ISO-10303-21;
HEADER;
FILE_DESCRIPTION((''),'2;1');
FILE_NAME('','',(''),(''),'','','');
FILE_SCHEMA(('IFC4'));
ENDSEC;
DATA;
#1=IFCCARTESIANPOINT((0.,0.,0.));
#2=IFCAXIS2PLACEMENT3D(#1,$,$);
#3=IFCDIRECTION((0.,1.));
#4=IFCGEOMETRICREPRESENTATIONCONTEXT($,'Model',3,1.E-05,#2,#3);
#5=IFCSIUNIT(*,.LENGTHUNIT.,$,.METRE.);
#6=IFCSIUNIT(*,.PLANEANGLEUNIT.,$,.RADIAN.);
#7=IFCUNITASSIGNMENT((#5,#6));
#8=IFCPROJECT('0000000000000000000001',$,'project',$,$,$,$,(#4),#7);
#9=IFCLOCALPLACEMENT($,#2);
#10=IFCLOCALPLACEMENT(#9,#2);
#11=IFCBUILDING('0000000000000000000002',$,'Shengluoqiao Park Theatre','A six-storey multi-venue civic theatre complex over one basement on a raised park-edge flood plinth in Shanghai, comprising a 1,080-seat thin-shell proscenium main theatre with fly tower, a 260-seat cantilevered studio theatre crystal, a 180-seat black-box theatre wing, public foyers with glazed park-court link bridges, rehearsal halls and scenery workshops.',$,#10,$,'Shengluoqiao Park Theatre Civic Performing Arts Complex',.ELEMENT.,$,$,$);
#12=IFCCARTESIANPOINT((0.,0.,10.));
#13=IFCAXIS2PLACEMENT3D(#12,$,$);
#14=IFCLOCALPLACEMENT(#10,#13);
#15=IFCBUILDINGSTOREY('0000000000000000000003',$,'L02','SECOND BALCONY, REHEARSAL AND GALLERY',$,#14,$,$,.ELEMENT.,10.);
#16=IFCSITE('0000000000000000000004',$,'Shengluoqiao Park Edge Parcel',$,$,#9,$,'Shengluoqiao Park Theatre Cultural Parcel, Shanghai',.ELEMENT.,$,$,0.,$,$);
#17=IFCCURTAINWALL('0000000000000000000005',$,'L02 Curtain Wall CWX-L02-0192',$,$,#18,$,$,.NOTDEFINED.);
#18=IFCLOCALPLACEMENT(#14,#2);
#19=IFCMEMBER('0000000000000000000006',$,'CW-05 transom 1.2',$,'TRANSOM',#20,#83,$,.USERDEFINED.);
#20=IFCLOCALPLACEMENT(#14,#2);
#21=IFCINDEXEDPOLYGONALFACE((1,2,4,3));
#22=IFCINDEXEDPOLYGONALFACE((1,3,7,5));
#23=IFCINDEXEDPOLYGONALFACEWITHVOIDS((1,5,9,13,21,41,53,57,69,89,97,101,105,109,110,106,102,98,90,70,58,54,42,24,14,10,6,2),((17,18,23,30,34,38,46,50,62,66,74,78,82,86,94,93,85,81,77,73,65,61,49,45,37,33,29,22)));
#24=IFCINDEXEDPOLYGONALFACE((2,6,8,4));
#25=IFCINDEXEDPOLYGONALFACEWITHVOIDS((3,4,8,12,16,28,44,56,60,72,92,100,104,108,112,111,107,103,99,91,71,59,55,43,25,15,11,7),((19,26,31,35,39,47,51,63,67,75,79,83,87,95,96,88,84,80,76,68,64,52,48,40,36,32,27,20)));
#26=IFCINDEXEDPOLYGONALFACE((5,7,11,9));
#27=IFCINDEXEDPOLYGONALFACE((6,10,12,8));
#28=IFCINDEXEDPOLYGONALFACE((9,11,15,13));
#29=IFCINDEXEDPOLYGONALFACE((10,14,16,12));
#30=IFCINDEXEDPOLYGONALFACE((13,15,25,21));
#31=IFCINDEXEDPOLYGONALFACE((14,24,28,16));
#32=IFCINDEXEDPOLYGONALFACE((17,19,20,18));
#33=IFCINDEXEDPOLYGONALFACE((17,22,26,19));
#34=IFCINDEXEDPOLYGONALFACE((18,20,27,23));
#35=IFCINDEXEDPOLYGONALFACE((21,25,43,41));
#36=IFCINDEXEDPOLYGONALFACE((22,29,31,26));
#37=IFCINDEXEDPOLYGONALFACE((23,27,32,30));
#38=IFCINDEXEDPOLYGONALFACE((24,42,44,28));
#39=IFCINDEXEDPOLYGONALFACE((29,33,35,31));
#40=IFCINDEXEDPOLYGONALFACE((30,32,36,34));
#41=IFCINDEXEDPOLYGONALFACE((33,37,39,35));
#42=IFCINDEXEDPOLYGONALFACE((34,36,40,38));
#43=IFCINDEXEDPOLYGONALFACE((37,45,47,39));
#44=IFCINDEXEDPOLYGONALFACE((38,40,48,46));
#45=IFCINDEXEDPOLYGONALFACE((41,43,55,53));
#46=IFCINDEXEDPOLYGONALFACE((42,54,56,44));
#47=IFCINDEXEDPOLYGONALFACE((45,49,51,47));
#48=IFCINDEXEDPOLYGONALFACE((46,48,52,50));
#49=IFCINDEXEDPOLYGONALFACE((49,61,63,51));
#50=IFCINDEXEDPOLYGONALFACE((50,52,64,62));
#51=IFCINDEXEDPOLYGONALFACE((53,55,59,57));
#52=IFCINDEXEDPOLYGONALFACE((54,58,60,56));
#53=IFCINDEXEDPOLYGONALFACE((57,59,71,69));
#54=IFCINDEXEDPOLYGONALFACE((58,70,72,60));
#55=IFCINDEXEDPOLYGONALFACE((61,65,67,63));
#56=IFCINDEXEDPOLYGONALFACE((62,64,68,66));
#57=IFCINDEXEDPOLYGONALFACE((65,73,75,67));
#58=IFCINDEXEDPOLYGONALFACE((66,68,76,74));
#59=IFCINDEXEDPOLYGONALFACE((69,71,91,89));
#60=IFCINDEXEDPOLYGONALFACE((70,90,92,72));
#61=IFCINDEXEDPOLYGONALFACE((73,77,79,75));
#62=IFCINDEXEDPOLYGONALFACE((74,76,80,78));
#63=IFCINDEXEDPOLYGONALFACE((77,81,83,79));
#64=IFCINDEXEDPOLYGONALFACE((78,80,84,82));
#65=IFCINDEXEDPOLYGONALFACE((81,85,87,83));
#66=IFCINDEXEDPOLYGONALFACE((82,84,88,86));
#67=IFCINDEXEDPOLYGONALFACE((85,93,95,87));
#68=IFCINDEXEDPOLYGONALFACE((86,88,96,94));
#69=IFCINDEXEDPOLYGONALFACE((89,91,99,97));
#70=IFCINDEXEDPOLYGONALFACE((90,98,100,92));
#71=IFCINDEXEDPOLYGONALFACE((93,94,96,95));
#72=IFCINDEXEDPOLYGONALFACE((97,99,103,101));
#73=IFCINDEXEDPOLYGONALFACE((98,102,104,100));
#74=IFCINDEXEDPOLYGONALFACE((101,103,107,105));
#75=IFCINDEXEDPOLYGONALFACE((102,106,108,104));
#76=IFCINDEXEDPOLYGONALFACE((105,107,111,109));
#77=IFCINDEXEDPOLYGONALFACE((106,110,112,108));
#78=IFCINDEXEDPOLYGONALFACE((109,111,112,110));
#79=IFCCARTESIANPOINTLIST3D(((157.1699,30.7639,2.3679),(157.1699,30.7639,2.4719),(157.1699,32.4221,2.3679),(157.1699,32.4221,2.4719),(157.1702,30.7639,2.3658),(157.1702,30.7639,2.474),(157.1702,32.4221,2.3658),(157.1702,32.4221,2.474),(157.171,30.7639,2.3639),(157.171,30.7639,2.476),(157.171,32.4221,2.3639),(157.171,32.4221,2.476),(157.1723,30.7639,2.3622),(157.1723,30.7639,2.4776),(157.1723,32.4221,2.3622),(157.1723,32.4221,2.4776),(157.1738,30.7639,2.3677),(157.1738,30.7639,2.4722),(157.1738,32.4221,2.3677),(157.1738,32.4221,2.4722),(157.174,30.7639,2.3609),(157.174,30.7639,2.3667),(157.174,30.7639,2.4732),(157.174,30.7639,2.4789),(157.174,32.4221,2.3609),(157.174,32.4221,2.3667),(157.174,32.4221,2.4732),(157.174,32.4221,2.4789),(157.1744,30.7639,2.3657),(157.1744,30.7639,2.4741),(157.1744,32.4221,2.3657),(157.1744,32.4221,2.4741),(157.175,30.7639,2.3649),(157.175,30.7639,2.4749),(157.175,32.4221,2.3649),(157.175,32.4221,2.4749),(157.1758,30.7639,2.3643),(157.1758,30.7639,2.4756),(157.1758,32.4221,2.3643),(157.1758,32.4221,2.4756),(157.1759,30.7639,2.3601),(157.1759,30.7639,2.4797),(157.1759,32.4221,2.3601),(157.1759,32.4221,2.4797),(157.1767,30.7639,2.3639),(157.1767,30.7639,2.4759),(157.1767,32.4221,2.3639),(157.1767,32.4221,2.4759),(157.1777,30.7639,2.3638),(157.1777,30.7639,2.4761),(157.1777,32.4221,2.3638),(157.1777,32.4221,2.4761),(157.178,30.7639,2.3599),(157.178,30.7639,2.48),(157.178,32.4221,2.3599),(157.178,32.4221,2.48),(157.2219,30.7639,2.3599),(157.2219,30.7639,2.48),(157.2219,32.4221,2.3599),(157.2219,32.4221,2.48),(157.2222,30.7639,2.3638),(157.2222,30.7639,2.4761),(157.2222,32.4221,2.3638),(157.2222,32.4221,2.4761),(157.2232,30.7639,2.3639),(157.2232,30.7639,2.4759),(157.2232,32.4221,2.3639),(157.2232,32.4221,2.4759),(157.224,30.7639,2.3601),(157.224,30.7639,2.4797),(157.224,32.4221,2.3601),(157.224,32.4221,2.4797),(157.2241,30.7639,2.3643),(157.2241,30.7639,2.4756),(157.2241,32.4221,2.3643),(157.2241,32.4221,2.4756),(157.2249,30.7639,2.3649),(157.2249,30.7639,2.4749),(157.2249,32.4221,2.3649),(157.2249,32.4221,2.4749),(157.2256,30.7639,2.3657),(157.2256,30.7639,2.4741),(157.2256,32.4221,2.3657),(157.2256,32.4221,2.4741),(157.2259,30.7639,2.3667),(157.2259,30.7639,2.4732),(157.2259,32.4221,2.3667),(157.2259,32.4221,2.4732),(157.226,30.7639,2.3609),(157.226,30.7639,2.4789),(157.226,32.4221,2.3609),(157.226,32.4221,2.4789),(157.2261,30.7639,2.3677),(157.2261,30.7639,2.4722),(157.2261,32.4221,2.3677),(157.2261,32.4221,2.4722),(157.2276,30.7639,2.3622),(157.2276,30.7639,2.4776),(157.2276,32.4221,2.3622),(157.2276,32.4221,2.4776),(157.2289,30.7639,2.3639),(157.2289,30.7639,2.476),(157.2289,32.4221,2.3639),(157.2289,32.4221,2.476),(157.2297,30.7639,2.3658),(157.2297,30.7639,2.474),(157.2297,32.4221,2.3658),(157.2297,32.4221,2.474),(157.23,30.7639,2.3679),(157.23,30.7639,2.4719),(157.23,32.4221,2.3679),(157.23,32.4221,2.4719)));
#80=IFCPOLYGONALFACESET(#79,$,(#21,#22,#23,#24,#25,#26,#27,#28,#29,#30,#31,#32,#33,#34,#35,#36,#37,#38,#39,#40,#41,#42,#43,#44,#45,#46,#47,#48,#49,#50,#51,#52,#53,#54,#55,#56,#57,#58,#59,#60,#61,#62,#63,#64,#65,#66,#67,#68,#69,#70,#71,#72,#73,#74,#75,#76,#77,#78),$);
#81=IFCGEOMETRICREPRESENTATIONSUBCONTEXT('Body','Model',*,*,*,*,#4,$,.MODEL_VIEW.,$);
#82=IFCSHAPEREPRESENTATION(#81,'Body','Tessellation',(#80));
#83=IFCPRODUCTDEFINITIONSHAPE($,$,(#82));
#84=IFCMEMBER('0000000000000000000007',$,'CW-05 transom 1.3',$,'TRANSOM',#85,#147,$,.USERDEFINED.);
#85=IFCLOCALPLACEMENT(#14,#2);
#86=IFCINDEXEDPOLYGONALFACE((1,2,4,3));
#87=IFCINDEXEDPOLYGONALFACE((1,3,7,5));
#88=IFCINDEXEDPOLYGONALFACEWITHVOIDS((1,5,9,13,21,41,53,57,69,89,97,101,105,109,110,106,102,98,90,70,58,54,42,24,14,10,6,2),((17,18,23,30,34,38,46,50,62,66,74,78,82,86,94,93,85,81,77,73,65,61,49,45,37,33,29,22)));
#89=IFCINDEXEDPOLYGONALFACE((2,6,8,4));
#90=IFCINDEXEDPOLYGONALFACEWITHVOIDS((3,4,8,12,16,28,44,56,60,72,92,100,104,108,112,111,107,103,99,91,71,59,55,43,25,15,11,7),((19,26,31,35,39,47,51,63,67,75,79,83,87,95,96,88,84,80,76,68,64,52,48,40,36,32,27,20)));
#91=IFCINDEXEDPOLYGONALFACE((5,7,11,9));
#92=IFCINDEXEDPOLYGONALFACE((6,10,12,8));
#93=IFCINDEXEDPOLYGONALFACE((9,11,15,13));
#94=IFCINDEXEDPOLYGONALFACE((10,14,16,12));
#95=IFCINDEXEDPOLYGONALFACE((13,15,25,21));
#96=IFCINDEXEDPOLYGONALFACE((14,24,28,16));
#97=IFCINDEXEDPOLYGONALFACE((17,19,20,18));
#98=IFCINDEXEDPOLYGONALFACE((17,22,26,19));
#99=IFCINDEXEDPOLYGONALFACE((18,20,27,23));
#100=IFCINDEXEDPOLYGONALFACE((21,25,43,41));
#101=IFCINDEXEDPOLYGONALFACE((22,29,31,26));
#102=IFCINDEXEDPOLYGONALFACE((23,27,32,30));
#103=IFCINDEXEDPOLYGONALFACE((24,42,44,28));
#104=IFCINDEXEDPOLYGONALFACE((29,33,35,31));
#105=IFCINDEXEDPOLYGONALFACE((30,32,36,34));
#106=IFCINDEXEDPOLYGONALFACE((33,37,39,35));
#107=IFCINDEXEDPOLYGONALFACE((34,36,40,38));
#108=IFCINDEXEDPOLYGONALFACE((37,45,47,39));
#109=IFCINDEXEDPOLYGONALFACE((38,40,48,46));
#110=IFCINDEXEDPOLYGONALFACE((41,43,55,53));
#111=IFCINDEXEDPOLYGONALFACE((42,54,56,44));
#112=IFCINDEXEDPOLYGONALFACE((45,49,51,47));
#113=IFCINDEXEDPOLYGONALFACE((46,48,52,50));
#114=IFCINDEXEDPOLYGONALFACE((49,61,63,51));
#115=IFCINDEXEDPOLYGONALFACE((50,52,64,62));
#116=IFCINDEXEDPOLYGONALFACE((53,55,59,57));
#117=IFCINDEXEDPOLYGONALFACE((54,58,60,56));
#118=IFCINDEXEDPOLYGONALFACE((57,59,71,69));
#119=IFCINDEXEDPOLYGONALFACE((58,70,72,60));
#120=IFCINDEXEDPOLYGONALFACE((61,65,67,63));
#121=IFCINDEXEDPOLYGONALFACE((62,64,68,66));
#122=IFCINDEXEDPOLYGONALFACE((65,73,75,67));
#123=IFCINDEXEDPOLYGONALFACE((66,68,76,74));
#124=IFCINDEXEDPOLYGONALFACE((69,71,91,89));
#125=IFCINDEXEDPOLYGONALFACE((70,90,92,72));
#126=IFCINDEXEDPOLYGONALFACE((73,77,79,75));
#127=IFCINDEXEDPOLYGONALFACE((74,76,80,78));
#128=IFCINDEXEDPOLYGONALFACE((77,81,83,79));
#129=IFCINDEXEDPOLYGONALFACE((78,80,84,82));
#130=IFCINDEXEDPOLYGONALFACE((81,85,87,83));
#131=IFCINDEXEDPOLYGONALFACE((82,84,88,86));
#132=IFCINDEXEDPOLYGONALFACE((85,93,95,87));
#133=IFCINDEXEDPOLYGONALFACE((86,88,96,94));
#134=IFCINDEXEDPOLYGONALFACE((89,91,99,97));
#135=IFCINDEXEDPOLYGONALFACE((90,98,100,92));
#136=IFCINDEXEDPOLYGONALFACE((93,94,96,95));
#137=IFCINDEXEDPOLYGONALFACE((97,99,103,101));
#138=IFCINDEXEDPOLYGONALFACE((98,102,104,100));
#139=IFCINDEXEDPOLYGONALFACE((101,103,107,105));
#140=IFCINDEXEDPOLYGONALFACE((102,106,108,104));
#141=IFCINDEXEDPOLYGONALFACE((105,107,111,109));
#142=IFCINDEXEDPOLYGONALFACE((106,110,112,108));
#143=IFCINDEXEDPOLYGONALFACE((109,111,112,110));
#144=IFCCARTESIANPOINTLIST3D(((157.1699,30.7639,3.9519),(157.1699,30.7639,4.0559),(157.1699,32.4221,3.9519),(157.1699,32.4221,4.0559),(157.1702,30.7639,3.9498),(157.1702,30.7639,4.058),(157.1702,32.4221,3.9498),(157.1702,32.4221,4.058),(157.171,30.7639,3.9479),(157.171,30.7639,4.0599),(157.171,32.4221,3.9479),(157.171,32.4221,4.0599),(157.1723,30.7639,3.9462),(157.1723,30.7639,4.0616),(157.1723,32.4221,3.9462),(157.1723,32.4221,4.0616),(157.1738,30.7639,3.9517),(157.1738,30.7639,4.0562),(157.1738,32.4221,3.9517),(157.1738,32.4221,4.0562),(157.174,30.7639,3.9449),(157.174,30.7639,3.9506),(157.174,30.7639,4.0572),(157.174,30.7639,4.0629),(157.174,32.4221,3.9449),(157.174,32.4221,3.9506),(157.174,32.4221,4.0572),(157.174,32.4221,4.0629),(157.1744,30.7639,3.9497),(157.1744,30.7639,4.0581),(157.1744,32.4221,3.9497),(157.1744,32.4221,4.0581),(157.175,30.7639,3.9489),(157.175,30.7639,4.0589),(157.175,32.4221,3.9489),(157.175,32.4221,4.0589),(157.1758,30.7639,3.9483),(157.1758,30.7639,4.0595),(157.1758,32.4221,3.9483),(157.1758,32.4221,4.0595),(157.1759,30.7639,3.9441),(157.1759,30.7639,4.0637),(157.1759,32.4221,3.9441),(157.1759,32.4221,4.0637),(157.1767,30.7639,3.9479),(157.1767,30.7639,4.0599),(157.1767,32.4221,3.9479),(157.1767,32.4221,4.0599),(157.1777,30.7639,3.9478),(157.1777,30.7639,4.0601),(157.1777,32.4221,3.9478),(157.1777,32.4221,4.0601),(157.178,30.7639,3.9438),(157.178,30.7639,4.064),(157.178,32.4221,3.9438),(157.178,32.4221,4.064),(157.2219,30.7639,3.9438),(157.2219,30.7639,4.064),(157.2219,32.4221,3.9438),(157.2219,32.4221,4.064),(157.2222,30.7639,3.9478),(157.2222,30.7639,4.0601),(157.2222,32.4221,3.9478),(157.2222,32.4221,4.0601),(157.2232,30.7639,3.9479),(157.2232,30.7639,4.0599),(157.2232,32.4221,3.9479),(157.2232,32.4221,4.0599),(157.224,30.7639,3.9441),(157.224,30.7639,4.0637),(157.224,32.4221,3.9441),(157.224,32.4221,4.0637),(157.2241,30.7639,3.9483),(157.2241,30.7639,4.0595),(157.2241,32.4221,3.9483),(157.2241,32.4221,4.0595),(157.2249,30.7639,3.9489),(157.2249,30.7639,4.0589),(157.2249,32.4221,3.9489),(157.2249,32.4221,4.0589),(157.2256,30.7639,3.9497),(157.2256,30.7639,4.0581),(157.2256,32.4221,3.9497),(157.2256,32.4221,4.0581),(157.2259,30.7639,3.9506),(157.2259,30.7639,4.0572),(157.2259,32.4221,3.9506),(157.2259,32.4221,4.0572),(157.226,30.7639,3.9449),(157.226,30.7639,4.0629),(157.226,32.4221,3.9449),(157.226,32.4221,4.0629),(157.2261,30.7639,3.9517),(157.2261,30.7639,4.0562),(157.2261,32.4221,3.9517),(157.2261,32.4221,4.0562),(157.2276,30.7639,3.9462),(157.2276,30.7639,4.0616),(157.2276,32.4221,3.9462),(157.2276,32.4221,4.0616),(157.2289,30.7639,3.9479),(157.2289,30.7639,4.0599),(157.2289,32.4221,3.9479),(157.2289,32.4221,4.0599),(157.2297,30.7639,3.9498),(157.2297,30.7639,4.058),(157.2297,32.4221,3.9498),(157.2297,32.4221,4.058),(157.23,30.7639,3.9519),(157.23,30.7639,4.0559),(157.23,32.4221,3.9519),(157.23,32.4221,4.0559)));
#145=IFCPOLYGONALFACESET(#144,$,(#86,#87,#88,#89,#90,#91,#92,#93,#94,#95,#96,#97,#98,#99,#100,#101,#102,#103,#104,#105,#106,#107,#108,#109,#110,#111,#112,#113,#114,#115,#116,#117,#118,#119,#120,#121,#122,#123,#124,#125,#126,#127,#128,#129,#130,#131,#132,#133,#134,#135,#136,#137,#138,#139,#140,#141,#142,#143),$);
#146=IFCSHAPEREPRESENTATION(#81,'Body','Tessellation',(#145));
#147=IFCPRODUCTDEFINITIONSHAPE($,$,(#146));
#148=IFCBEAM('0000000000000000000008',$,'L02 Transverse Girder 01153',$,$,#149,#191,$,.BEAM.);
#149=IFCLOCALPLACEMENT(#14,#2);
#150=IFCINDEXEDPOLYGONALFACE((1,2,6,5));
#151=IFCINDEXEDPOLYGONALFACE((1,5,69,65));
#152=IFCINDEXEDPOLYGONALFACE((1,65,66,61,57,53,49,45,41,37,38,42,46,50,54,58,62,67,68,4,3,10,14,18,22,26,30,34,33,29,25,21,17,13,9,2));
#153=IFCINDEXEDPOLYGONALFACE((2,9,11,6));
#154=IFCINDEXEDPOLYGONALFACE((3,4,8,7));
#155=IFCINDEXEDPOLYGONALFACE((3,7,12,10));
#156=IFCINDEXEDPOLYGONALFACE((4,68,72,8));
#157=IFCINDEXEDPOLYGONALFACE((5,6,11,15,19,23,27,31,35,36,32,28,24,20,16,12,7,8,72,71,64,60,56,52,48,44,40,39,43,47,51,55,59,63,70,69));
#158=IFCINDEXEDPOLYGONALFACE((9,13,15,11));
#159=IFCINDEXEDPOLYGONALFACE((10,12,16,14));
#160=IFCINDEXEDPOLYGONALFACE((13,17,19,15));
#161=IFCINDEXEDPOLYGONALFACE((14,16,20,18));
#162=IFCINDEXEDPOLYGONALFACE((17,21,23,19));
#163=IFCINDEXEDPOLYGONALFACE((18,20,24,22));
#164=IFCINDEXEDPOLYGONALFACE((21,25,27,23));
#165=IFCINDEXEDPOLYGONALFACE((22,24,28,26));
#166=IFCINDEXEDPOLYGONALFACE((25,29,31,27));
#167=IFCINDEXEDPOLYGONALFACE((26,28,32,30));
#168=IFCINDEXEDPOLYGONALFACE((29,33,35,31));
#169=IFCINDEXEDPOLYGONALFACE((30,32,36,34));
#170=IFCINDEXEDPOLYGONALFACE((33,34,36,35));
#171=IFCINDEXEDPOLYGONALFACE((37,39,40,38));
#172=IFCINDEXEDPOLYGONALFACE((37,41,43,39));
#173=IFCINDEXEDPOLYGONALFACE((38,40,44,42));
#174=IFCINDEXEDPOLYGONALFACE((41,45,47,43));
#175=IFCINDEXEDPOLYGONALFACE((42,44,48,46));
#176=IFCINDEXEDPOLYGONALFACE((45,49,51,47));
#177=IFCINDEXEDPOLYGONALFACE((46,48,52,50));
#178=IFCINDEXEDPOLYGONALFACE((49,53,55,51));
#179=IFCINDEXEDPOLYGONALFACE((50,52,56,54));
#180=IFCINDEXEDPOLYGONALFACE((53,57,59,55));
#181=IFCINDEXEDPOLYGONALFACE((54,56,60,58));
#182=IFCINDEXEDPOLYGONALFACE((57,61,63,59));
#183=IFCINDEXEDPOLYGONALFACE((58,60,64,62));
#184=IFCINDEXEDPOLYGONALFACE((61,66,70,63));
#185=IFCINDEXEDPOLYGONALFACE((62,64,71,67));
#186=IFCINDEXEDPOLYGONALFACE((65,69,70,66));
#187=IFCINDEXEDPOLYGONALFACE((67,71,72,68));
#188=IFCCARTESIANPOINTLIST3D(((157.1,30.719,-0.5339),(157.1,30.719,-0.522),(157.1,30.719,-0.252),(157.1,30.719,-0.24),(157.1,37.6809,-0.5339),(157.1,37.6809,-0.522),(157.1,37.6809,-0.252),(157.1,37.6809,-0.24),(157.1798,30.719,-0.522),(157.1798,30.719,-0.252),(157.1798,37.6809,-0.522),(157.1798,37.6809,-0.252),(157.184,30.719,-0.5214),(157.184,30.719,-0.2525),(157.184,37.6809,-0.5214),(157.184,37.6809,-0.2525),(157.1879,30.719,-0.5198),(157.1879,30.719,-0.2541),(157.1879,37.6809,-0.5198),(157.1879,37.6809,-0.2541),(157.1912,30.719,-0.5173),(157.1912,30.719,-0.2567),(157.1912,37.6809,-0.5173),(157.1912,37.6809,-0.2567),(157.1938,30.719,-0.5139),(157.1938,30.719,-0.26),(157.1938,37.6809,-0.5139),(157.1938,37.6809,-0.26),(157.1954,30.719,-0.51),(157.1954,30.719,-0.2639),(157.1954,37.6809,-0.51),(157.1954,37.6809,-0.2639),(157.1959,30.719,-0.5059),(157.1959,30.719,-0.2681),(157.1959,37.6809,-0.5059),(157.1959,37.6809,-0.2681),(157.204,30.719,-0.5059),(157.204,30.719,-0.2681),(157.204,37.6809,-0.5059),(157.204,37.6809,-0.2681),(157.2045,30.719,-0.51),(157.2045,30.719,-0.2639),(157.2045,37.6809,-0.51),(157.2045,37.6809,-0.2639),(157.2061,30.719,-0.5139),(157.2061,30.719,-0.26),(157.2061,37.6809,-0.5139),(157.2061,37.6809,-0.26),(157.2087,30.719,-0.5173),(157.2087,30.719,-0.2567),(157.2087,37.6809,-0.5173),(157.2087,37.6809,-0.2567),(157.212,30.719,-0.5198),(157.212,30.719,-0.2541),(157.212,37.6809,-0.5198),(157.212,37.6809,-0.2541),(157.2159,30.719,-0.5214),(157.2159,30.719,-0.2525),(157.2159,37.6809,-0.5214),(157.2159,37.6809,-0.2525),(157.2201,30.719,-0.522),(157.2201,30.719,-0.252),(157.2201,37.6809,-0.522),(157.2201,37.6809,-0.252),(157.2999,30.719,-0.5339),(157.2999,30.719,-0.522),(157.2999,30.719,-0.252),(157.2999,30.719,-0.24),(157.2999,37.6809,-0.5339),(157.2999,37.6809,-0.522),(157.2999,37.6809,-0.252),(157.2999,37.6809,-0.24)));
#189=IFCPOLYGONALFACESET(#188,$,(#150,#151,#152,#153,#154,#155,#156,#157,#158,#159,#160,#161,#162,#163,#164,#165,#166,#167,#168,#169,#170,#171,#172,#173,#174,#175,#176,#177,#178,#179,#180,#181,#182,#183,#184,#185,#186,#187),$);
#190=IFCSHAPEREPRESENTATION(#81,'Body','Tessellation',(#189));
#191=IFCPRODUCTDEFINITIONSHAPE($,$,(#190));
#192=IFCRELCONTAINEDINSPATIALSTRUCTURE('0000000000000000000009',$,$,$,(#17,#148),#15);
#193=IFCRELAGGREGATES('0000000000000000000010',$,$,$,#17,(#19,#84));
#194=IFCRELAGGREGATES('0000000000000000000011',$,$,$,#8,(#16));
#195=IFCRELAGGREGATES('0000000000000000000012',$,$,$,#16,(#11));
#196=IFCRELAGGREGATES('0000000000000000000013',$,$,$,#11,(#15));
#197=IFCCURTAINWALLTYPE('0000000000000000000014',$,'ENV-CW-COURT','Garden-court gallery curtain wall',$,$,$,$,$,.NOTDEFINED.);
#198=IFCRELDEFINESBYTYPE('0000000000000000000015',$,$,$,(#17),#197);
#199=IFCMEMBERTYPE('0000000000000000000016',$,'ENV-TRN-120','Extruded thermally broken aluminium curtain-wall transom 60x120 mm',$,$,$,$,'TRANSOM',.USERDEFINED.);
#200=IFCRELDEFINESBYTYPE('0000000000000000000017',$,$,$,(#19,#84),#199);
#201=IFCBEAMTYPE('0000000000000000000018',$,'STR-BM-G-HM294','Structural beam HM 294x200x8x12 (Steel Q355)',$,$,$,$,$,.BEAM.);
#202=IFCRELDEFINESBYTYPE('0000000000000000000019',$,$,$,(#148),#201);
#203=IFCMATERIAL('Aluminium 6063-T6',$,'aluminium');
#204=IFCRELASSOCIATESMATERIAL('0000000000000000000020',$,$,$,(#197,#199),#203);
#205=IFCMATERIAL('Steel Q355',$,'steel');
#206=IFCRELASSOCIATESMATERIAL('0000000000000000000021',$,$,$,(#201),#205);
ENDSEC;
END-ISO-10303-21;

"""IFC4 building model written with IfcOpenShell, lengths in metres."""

from ifc_helpers import new_model, si_unit, direction, frame, origin, origin_2d, place, context, subcontext, project, spatial, hollow_rectangle, i_section, extrude, material, material_profile, profile_set, type_object, element, aggregate, save


model = new_model("IFC4")

# Units and contexts
model_context = context("Model", 3, precision=1e-05, world=origin(), true_north=direction((0.0, 1.0)))
body_context = subcontext(model_context, "Body", "Model", "MODEL_VIEW")
ifc_project = project(units=[si_unit("LENGTHUNIT", "METRE"), si_unit("PLANEANGLEUNIT", "RADIAN")], contexts=[model_context])

# Site, building, storey
site_placement = place(None, origin())
site = spatial("IfcSite", under=ifc_project, at=site_placement, Name="Shengluoqiao Park Edge Parcel", LongName="Shengluoqiao Park Theatre Cultural Parcel, Shanghai", CompositionType="ELEMENT", RefElevation=0.0)
building_placement = place(site_placement, origin())
building = spatial("IfcBuilding", under=site, at=building_placement, Name="Shengluoqiao Park Theatre", Description="A six-storey multi-venue civic theatre complex over one basement on a raised park-edge flood plinth in Shanghai, comprising a 1,080-seat thin-shell proscenium main theatre with fly tower, a 260-seat cantilevered studio theatre crystal, a 180-seat black-box theatre wing, public foyers with glazed park-court link bridges, rehearsal halls and scenery workshops.", LongName="Shengluoqiao Park Theatre Civic Performing Arts Complex", CompositionType="ELEMENT")
storey_placement = place(building_placement, frame((0.0, 0.0, 10.0)))
storey = spatial("IfcBuildingStorey", under=building, at=storey_placement, Name="L02", Description="SECOND BALCONY, REHEARSAL AND GALLERY", CompositionType="ELEMENT", Elevation=10.0)

# Curtain wall
ifc_material_1 = material(Name="Aluminium 6063-T6", Category="aluminium")
curtain_wall_type = type_object("IfcCurtainWallType", Name="ENV-CW-COURT", Description="Garden-court gallery curtain wall", PredefinedType="NOTDEFINED", material=ifc_material_1)
curtain_wall_1_placement = place(storey_placement, origin())
curtain_wall_1 = element("IfcCurtainWall", 1, at=curtain_wall_1_placement, inside=storey, type_object=curtain_wall_type, Name="L02 Curtain Wall CWX-L02-0192", PredefinedType="NOTDEFINED")

# Members
ifc_material_profile_1 = material_profile(ifc_material_1, hollow_rectangle(XDim=0.0601, YDim=0.1201, WallThickness=0.0039, InnerFilletRadius=0.0039, OuterFilletRadius=0.0081, at=origin_2d()), Name="ALU TRANSOM 120x60x4")
ifc_profile_set_1 = profile_set([ifc_material_profile_1], Name="Aluminium 6063-T6")
member_type_1 = type_object("IfcMemberType", Name="ENV-TRN-120", Description="Extruded thermally broken aluminium curtain-wall transom 60x120 mm", ElementType="TRANSOM", PredefinedType="USERDEFINED", material=ifc_profile_set_1)
member_1_placement = place(storey_placement, frame((157.2, 30.7639, 2.4199), z_axis=(0.0, 1.0, 0.0), x_axis=(-1.0, 0.0, 0.0)))
member_1 = element("IfcMember", 2, at=member_1_placement, type_object=member_type_1, Name="CW-05 transom 1.2", ObjectType="TRANSOM", PredefinedType="USERDEFINED", context=body_context, shape_type="SweptSolid", body=[
    extrude(hollow_rectangle(XDim=0.0601, YDim=0.1201, WallThickness=0.0039, InnerFilletRadius=0.0039, OuterFilletRadius=0.0081, at=origin_2d()), origin(), (0.0, 0.0, 1.0), 1.6582),
])
member_2_placement = place(storey_placement, frame((157.2, 30.7639, 4.0039), z_axis=(0.0, 1.0, 0.0), x_axis=(-1.0, 0.0, 0.0)))
member_2 = element("IfcMember", 3, at=member_2_placement, type_object=member_type_1, Name="CW-05 transom 1.3", ObjectType="TRANSOM", PredefinedType="USERDEFINED", context=body_context, shape_type="SweptSolid", body=[
    extrude(hollow_rectangle(XDim=0.0601, YDim=0.1201, WallThickness=0.0039, InnerFilletRadius=0.0039, OuterFilletRadius=0.0081, at=origin_2d()), origin(), (0.0, 0.0, 1.0), 1.6582),
])

# Beam
ifc_material_2 = material(Name="Steel Q355", Category="steel")
ifc_material_profile_2 = material_profile(ifc_material_2, i_section(OverallWidth=0.2, OverallDepth=0.2939, WebThickness=0.0081, FlangeThickness=0.012, FilletRadius=0.0161, at=origin_2d()), Name="HM 294x200x8x12")
ifc_profile_set_2 = profile_set([ifc_material_profile_2], Name="Steel Q355")
beam_type_1 = type_object("IfcBeamType", Name="STR-BM-G-HM294", Description="Structural beam HM 294x200x8x12 (Steel Q355)", PredefinedType="BEAM", material=ifc_profile_set_2)
beam_1_placement = place(storey_placement, frame((157.2, 30.719, -0.387), z_axis=(0.0, 1.0, 0.0), x_axis=(-1.0, 0.0, 0.0)))
element("IfcBeam", 4, at=beam_1_placement, inside=storey, type_object=beam_type_1, Name="L02 Transverse Girder 01153", PredefinedType="BEAM", context=body_context, shape_type="SweptSolid", body=[
    extrude(i_section(OverallWidth=0.2, OverallDepth=0.2939, WebThickness=0.0081, FlangeThickness=0.012, FilletRadius=0.0161, at=origin_2d()), origin(), (0.0, 0.0, 1.0), 6.9619),
])

aggregate(curtain_wall_1, [member_1, member_2])

save(model, "model.ifc")
